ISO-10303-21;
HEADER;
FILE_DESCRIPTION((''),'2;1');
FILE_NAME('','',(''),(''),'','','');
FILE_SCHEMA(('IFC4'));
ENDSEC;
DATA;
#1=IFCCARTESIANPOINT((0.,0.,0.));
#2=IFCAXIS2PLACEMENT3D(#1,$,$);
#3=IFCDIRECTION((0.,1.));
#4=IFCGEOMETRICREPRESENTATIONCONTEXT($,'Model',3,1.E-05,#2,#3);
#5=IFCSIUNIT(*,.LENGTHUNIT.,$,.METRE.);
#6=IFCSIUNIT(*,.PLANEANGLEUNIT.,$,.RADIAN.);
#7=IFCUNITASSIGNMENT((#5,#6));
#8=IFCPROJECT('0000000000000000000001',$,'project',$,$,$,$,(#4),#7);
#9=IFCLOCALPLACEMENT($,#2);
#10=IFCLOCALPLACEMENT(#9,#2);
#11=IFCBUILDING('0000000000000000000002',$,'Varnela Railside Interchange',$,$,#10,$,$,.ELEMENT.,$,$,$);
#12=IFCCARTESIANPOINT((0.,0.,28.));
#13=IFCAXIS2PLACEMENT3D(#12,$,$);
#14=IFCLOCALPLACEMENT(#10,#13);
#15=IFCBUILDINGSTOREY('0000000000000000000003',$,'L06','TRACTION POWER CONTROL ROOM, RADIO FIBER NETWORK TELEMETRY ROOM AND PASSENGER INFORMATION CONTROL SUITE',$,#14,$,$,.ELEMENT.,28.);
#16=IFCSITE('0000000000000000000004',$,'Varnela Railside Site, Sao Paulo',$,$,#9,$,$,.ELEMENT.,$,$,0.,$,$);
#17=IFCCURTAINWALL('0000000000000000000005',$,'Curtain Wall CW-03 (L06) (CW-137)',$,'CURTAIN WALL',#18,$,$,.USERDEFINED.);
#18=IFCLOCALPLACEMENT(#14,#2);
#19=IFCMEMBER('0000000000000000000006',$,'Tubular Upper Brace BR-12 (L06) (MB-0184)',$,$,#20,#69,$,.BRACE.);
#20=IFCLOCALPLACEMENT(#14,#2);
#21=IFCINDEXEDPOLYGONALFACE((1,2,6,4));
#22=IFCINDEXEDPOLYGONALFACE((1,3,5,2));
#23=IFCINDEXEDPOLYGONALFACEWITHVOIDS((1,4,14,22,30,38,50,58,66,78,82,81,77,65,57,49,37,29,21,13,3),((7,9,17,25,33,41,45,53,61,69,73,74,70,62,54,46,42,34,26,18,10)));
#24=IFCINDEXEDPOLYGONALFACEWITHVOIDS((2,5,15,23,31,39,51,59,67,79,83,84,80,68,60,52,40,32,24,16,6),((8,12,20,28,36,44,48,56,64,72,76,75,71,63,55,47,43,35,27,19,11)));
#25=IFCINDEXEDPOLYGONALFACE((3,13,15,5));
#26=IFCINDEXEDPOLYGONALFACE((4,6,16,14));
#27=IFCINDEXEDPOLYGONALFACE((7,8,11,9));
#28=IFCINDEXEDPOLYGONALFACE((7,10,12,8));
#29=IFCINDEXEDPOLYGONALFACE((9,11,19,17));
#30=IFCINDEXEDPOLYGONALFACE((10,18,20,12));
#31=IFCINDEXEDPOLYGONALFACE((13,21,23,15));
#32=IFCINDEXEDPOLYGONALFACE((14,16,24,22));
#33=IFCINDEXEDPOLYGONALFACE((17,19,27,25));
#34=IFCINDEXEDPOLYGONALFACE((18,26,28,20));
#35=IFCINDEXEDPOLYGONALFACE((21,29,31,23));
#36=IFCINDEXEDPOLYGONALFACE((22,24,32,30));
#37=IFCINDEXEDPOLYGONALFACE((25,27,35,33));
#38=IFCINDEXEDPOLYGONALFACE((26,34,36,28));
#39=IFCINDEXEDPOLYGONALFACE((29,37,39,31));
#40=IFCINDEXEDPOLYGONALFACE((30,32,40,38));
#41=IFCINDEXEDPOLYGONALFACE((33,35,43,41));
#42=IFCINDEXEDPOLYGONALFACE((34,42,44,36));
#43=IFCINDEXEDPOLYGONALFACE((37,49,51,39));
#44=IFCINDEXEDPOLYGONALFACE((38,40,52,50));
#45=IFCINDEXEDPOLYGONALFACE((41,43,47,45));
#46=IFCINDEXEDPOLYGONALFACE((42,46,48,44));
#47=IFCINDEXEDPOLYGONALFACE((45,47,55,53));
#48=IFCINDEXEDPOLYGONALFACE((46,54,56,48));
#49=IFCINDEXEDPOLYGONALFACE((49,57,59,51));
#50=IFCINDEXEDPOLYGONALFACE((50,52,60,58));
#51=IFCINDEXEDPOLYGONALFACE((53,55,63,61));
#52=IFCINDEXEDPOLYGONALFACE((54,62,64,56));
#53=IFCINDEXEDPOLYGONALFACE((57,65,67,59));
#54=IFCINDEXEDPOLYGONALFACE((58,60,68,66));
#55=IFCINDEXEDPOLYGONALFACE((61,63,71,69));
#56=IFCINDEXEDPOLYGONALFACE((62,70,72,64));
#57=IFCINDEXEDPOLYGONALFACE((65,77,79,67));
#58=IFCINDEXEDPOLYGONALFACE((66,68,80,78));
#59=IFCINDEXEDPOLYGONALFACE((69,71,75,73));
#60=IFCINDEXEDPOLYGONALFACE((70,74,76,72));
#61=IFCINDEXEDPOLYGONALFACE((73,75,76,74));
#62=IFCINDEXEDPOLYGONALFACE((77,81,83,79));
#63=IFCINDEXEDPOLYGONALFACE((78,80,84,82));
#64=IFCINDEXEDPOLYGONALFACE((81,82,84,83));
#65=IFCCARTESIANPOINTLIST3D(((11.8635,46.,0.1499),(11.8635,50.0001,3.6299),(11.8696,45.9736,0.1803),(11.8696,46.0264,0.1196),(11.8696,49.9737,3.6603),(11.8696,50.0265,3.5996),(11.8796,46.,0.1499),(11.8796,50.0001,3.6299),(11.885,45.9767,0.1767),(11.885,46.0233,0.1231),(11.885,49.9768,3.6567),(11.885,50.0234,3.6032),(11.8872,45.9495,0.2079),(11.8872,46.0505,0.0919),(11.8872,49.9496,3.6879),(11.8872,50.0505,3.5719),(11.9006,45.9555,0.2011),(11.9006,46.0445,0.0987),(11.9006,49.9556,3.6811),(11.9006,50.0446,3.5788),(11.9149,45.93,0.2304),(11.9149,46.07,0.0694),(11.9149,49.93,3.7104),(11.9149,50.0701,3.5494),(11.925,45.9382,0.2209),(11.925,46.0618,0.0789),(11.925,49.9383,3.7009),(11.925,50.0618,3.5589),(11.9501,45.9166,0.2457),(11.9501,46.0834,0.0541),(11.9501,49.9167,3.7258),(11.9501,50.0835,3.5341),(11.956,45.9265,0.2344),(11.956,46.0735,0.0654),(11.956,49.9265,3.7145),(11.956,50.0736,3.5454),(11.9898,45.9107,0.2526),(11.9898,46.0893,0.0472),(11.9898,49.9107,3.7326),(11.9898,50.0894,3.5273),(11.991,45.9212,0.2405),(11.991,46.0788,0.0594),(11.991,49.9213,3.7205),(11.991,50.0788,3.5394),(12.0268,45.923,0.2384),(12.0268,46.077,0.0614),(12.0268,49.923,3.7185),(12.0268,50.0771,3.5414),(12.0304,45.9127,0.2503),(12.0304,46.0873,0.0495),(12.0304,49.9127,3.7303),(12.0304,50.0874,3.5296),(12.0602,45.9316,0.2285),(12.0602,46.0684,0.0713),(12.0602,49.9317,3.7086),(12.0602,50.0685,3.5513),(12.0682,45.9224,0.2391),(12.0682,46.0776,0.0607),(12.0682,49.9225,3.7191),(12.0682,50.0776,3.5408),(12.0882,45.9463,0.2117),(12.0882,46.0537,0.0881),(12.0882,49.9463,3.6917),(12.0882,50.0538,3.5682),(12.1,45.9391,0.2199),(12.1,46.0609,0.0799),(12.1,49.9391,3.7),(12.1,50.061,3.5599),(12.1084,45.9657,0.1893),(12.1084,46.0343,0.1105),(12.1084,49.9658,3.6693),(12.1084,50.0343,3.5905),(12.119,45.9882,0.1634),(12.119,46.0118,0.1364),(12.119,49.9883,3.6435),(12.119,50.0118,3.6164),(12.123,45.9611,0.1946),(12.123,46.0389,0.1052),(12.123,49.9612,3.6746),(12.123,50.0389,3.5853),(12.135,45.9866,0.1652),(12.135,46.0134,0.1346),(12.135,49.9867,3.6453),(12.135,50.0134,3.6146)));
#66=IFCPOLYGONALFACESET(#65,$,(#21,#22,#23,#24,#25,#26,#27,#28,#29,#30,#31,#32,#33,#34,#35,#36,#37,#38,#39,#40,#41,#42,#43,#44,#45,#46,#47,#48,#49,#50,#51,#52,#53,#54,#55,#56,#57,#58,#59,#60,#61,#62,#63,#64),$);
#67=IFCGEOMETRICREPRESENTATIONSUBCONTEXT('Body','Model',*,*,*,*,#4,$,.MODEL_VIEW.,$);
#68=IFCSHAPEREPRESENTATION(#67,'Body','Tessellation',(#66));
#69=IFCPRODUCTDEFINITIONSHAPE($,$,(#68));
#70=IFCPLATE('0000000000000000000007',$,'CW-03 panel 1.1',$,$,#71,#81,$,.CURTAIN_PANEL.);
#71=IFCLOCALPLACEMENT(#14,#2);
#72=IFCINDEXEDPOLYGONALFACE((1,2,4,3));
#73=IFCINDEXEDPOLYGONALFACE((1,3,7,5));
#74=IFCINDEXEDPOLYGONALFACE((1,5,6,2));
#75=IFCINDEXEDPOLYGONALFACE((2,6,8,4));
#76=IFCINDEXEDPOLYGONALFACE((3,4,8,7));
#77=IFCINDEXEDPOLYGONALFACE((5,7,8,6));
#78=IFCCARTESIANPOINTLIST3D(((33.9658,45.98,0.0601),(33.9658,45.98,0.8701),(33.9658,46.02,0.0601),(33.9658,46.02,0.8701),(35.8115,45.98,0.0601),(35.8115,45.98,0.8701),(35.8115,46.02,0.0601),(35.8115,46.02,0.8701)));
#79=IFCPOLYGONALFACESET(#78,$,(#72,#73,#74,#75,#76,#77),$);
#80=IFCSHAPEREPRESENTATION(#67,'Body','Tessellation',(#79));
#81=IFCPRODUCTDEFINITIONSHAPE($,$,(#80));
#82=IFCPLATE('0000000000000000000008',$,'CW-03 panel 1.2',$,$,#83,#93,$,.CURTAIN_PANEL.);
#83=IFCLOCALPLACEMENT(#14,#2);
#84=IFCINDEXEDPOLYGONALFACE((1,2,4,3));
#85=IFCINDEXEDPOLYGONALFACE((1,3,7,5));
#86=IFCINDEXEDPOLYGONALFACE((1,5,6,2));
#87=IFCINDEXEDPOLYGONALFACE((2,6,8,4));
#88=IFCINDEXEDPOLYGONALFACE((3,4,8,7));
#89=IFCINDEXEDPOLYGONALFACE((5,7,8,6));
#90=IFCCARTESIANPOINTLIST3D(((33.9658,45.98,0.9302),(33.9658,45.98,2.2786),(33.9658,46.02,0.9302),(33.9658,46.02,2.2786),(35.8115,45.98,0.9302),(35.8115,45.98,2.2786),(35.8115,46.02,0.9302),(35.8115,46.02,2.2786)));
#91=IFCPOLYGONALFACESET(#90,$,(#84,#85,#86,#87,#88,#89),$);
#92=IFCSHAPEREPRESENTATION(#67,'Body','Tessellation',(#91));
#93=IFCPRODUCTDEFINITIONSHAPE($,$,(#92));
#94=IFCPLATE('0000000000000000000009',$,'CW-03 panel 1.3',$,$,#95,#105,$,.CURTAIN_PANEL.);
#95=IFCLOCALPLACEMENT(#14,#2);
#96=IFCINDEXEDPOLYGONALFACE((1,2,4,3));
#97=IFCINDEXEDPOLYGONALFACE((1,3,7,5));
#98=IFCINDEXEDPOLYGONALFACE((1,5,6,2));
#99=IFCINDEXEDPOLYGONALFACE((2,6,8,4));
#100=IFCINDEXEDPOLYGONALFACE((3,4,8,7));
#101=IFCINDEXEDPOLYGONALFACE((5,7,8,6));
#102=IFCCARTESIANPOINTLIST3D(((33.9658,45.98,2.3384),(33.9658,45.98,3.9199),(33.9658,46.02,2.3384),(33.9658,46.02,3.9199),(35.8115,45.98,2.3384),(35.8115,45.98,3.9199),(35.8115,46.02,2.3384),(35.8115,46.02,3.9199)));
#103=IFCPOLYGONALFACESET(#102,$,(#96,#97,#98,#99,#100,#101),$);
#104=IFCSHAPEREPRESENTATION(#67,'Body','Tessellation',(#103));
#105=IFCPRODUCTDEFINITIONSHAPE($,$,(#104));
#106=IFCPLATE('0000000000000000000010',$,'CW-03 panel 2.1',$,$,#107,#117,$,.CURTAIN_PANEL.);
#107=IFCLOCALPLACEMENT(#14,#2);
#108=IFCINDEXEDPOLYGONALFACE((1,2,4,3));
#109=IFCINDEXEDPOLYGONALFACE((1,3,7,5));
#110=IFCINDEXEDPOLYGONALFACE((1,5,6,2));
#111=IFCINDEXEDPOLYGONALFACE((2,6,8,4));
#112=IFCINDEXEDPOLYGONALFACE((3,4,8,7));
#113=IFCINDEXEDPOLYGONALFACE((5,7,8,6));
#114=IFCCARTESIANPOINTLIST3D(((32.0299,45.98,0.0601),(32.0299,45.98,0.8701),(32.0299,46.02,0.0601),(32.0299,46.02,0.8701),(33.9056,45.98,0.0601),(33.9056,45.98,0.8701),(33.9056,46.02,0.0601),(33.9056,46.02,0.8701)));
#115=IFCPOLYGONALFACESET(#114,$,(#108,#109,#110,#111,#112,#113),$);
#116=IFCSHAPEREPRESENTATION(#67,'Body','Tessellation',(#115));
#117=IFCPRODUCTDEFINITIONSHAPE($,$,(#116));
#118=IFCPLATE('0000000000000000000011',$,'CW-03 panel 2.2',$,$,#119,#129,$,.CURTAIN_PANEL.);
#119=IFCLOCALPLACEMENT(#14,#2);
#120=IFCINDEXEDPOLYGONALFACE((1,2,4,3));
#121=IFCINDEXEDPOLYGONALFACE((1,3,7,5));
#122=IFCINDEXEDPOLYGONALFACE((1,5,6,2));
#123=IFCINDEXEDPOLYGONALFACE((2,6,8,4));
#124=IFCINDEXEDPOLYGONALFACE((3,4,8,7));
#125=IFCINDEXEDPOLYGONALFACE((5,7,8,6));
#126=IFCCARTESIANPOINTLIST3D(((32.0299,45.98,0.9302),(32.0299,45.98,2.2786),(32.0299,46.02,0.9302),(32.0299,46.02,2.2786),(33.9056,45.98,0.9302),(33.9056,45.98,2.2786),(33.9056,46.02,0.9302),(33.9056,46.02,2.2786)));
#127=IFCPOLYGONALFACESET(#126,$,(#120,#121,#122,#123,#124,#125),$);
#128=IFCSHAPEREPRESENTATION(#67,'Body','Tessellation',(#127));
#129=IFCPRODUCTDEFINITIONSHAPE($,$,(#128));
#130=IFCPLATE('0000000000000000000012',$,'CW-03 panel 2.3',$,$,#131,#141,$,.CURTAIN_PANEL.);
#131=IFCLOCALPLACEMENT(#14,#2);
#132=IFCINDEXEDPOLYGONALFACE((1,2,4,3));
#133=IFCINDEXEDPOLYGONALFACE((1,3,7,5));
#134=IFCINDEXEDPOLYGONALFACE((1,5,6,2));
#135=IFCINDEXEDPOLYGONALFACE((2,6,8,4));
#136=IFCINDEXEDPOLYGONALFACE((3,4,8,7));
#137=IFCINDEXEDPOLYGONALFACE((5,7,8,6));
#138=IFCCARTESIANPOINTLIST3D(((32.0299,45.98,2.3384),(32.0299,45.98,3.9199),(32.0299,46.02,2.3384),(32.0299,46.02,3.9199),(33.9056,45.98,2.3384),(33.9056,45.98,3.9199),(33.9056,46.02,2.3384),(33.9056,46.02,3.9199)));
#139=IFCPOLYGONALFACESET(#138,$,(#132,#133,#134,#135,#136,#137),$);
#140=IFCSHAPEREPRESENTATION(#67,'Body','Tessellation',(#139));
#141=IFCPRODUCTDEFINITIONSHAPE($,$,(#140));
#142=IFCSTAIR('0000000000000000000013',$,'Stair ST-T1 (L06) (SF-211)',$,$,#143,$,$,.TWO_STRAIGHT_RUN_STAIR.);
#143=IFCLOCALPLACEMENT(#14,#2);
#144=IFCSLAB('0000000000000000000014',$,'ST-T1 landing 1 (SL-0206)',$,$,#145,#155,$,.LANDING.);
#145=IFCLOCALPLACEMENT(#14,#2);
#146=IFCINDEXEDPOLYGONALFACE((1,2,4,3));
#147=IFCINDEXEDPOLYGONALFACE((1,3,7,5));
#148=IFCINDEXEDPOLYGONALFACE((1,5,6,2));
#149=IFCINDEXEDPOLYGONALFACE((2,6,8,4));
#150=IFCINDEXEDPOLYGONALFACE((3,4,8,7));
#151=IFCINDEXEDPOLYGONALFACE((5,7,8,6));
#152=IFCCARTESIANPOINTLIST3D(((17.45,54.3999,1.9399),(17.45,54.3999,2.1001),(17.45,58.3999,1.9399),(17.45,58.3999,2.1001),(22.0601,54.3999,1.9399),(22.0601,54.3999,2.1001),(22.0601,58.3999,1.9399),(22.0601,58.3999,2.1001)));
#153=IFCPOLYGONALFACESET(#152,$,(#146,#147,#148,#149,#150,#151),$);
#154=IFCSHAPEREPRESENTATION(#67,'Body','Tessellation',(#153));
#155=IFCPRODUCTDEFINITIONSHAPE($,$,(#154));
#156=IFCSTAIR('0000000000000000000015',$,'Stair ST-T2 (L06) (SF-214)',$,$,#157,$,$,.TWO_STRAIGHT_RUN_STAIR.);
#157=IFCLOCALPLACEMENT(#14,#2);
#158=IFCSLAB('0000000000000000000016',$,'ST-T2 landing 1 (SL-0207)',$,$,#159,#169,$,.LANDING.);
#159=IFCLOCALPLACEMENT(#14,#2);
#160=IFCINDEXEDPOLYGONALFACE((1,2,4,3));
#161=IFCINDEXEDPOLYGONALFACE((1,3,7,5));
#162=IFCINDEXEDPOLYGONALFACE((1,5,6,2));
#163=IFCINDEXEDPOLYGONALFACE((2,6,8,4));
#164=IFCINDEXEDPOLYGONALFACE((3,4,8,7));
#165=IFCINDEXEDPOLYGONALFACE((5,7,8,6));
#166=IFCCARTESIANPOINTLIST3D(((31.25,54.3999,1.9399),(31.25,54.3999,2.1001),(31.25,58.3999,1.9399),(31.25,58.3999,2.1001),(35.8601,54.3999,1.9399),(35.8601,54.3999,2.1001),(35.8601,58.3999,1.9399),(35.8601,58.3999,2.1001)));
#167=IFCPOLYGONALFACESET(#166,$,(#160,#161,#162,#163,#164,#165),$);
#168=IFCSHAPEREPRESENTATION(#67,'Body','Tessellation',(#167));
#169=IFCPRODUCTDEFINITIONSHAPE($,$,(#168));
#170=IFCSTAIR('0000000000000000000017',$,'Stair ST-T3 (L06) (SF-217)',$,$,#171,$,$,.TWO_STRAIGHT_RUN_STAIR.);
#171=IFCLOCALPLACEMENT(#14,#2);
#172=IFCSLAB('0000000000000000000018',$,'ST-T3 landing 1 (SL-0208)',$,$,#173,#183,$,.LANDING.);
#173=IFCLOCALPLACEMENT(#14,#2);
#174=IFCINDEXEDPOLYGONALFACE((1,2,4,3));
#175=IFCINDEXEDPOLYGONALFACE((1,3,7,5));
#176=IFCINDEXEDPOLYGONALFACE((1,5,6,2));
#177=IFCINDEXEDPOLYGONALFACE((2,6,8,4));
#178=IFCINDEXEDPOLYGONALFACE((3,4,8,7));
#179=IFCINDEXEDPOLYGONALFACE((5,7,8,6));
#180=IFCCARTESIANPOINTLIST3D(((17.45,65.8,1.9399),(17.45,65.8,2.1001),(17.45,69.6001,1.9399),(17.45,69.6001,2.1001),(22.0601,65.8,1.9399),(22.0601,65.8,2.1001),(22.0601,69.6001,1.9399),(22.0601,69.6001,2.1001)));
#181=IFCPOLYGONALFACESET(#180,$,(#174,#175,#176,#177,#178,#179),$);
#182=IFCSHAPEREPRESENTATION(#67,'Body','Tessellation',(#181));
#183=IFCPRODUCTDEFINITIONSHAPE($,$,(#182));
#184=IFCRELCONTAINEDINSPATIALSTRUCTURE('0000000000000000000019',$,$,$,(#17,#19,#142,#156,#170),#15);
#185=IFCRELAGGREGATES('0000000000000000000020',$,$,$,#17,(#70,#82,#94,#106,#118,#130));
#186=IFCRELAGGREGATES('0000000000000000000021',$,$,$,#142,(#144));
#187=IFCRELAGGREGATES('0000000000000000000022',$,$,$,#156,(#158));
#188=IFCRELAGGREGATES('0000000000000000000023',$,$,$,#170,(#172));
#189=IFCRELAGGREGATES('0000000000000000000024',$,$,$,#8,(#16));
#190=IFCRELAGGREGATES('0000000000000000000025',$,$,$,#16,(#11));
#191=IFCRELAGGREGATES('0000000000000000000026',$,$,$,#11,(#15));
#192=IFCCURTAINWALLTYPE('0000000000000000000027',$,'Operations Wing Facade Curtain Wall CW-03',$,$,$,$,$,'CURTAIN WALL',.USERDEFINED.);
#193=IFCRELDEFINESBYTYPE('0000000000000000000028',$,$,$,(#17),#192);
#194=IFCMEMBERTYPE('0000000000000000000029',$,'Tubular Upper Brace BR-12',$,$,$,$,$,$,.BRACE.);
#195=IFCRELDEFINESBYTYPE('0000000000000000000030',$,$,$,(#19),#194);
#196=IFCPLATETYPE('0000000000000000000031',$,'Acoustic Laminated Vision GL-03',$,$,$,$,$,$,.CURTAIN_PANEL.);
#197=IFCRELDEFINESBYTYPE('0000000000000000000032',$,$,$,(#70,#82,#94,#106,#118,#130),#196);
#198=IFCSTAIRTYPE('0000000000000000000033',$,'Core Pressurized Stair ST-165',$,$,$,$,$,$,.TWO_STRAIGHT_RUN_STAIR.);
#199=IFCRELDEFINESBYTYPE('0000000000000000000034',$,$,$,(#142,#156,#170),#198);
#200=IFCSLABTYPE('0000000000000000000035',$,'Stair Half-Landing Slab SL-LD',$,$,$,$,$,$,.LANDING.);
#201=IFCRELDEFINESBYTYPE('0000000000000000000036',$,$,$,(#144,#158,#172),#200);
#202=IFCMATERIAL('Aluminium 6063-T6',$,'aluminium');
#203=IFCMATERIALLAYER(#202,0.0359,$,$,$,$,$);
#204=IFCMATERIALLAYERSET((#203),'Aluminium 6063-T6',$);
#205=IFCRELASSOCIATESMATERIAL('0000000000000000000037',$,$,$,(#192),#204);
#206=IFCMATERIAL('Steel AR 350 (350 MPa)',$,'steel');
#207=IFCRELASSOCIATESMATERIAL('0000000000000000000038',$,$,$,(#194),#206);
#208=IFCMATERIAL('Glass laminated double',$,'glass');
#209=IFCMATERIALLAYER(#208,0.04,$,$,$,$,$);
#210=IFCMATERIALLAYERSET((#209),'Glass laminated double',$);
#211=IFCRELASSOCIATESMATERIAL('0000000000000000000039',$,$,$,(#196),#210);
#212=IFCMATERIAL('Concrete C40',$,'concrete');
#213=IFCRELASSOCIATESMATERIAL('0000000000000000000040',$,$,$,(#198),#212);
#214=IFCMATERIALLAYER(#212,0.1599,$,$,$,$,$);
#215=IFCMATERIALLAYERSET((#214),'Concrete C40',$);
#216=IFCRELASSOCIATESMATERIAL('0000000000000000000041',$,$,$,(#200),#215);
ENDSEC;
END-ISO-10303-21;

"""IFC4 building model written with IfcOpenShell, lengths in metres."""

from ifc_helpers import new_model, si_unit, direction, frame, origin, origin_2d, place, context, subcontext, project, spatial, polyline, rectangle, hollow_circle, outline, extrude, material, layer, layer_set, material_profile, profile_set, type_object, element, aggregate, save


model = new_model("IFC4")

# Units and contexts
model_context = context("Model", 3, precision=1e-05, world=origin(), true_north=direction((0.0, 1.0)))
body_context = subcontext(model_context, "Body", "Model", "MODEL_VIEW")
ifc_project = project(units=[si_unit("LENGTHUNIT", "METRE"), si_unit("PLANEANGLEUNIT", "RADIAN")], contexts=[model_context])

# Site, building, storey
site_placement = place(None, origin())
site = spatial("IfcSite", under=ifc_project, at=site_placement, Name="Varnela Railside Site, Sao Paulo", CompositionType="ELEMENT", RefElevation=0.0)
building_placement = place(site_placement, origin())
building = spatial("IfcBuilding", under=site, at=building_placement, Name="Varnela Railside Interchange", CompositionType="ELEMENT")
storey_placement = place(building_placement, frame((0.0, 0.0, 28.0)))
storey = spatial("IfcBuildingStorey", under=building, at=storey_placement, Name="L06", Description="TRACTION POWER CONTROL ROOM, RADIO FIBER NETWORK TELEMETRY ROOM AND PASSENGER INFORMATION CONTROL SUITE", CompositionType="ELEMENT", Elevation=28.0)

# Shared definitions
ifc_material_1 = material(Name="Steel AR 350 (350 MPa)", Category="steel")

# Curtain wall
ifc_material_2 = material(Name="Aluminium 6063-T6", Category="aluminium")
ifc_layer_1 = layer(ifc_material_2, 0.0359)
ifc_layer_set_1 = layer_set([ifc_layer_1], Name="Aluminium 6063-T6")
curtain_wall_type = type_object("IfcCurtainWallType", Name="Operations Wing Facade Curtain Wall CW-03", ElementType="CURTAIN WALL", PredefinedType="USERDEFINED", material=ifc_layer_set_1)
curtain_wall_placement = place(storey_placement, origin())
curtain_wall = element("IfcCurtainWall", 1, at=curtain_wall_placement, inside=storey, type_object=curtain_wall_type, Name="Curtain Wall CW-03 (L06) (CW-137)", ObjectType="CURTAIN WALL", PredefinedType="USERDEFINED")

# Member
ifc_material_profile_1 = material_profile(ifc_material_1, hollow_circle(Radius=0.1365, WallThickness=0.0161, at=origin_2d()), Name="CHS 273x16")
ifc_profile_set_1 = profile_set([ifc_material_profile_1], Name="Steel AR 350 (350 MPa)")
member_type_1 = type_object("IfcMemberType", Name="Tubular Upper Brace BR-12", PredefinedType="BRACE", material=ifc_profile_set_1)
member_1_placement = place(storey_placement, frame((12.0, 46.0, 0.1499), z_axis=(0.0, 0.754445, 0.656363), x_axis=(-1.0, 0.0, 0.0)))
element("IfcMember", 2, at=member_1_placement, inside=storey, type_object=member_type_1, Name="Tubular Upper Brace BR-12 (L06) (MB-0184)", PredefinedType="BRACE", context=body_context, shape_type="SweptSolid", body=[
    extrude(hollow_circle(Radius=0.1365, WallThickness=0.0161, at=origin_2d()), origin(), (0.0, 0.0, 1.0), 5.302),
])

# Plates
ifc_material_3 = material(Name="Glass laminated double", Category="glass")
ifc_layer_2 = layer(ifc_material_3, 0.04)
ifc_layer_set_2 = layer_set([ifc_layer_2], Name="Glass laminated double")
plate_type = type_object("IfcPlateType", Name="Acoustic Laminated Vision GL-03", PredefinedType="CURTAIN_PANEL", material=ifc_layer_set_2)
plate_1_placement = place(storey_placement, frame((34.8887, 46.0, 0.0601), z_axis=(0.0, 0.0, 1.0), x_axis=(-1.0, 0.0, 0.0)))
plate_1 = element("IfcPlate", 3, at=plate_1_placement, type_object=plate_type, Name="CW-03 panel 1.1", PredefinedType="CURTAIN_PANEL", context=body_context, shape_type="SweptSolid", body=[
    extrude(rectangle(XDim=1.8457, YDim=0.04, at=origin_2d()), origin(), (0.0, 0.0, 1.0), 0.8101),
])
plate_2_placement = place(storey_placement, frame((34.8887, 46.0, 0.9302), z_axis=(0.0, 0.0, 1.0), x_axis=(-1.0, 0.0, 0.0)))
plate_2 = element("IfcPlate", 4, at=plate_2_placement, type_object=plate_type, Name="CW-03 panel 1.2", PredefinedType="CURTAIN_PANEL", context=body_context, shape_type="SweptSolid", body=[
    extrude(rectangle(XDim=1.8457, YDim=0.04, at=origin_2d()), origin(), (0.0, 0.0, 1.0), 1.3484),
])
plate_3_placement = place(storey_placement, frame((34.8887, 46.0, 2.3384), z_axis=(0.0, 0.0, 1.0), x_axis=(-1.0, 0.0, 0.0)))
plate_3 = element("IfcPlate", 5, at=plate_3_placement, type_object=plate_type, Name="CW-03 panel 1.3", PredefinedType="CURTAIN_PANEL", context=body_context, shape_type="SweptSolid", body=[
    extrude(rectangle(XDim=1.8457, YDim=0.04, at=origin_2d()), origin(), (0.0, 0.0, 1.0), 1.5815),
])
plate_4_placement = place(storey_placement, frame((32.9678, 46.0, 0.0601), z_axis=(0.0, 0.0, 1.0), x_axis=(-1.0, 0.0, 0.0)))
plate_4 = element("IfcPlate", 6, at=plate_4_placement, type_object=plate_type, Name="CW-03 panel 2.1", PredefinedType="CURTAIN_PANEL", context=body_context, shape_type="SweptSolid", body=[
    extrude(rectangle(XDim=1.8757, YDim=0.04, at=origin_2d()), origin(), (0.0, 0.0, 1.0), 0.8101),
])
plate_5_placement = place(storey_placement, frame((32.9678, 46.0, 0.9302), z_axis=(0.0, 0.0, 1.0), x_axis=(-1.0, 0.0, 0.0)))
plate_5 = element("IfcPlate", 7, at=plate_5_placement, type_object=plate_type, Name="CW-03 panel 2.2", PredefinedType="CURTAIN_PANEL", context=body_context, shape_type="SweptSolid", body=[
    extrude(rectangle(XDim=1.8757, YDim=0.04, at=origin_2d()), origin(), (0.0, 0.0, 1.0), 1.3484),
])
plate_6_placement = place(storey_placement, frame((32.9678, 46.0, 2.3384), z_axis=(0.0, 0.0, 1.0), x_axis=(-1.0, 0.0, 0.0)))
plate_6 = element("IfcPlate", 8, at=plate_6_placement, type_object=plate_type, Name="CW-03 panel 2.3", PredefinedType="CURTAIN_PANEL", context=body_context, shape_type="SweptSolid", body=[
    extrude(rectangle(XDim=1.8757, YDim=0.04, at=origin_2d()), origin(), (0.0, 0.0, 1.0), 1.5815),
])
aggregate(curtain_wall, [plate_1, plate_2, plate_3, plate_4, plate_5, plate_6])

# Stairs, slabs
ifc_material_4 = material(Name="Concrete C40", Category="concrete")
stair_type = type_object("IfcStairType", Name="Core Pressurized Stair ST-165", PredefinedType="TWO_STRAIGHT_RUN_STAIR", material=ifc_material_4)
stair_1_placement = place(storey_placement, origin())
stair_1 = element("IfcStair", 9, at=stair_1_placement, inside=storey, type_object=stair_type, Name="Stair ST-T1 (L06) (SF-211)", PredefinedType="TWO_STRAIGHT_RUN_STAIR")
ifc_layer_3 = layer(ifc_material_4, 0.1599)
ifc_layer_set_3 = layer_set([ifc_layer_3], Name="Concrete C40")
slab_type_1 = type_object("IfcSlabType", Name="Stair Half-Landing Slab SL-LD", PredefinedType="LANDING", material=ifc_layer_set_3)
slab_1_placement = place(storey_placement, frame((0.0, 0.0, 1.9399)))
slab_1 = element("IfcSlab", 10, at=slab_1_placement, type_object=slab_type_1, Name="ST-T1 landing 1 (SL-0206)", PredefinedType="LANDING", context=body_context, shape_type="SweptSolid", body=[
    extrude(outline(polyline([(17.45, 54.3999), (22.0601, 54.3999), (22.0601, 58.3999), (17.45, 58.3999), (17.45, 54.3999)])), origin(), (0.0, 0.0, 1.0), 0.1602),
])
aggregate(stair_1, [slab_1])
stair_2_placement = place(storey_placement, origin())
stair_2 = element("IfcStair", 11, at=stair_2_placement, inside=storey, type_object=stair_type, Name="Stair ST-T2 (L06) (SF-214)", PredefinedType="TWO_STRAIGHT_RUN_STAIR")
slab_2_placement = place(storey_placement, frame((0.0, 0.0, 1.9399)))
slab_2 = element("IfcSlab", 12, at=slab_2_placement, type_object=slab_type_1, Name="ST-T2 landing 1 (SL-0207)", PredefinedType="LANDING", context=body_context, shape_type="SweptSolid", body=[
    extrude(outline(polyline([(31.25, 54.3999), (35.8601, 54.3999), (35.8601, 58.3999), (31.25, 58.3999), (31.25, 54.3999)])), origin(), (0.0, 0.0, 1.0), 0.1602),
])
aggregate(stair_2, [slab_2])
stair_3_placement = place(storey_placement, origin())
stair_3 = element("IfcStair", 13, at=stair_3_placement, inside=storey, type_object=stair_type, Name="Stair ST-T3 (L06) (SF-217)", PredefinedType="TWO_STRAIGHT_RUN_STAIR")
slab_3_placement = place(storey_placement, frame((0.0, 0.0, 1.9399)))
slab_3 = element("IfcSlab", 14, at=slab_3_placement, type_object=slab_type_1, Name="ST-T3 landing 1 (SL-0208)", PredefinedType="LANDING", context=body_context, shape_type="SweptSolid", body=[
    extrude(outline(polyline([(17.45, 65.8), (22.0601, 65.8), (22.0601, 69.6001), (17.45, 69.6001), (17.45, 65.8)])), origin(), (0.0, 0.0, 1.0), 0.1602),
])
aggregate(stair_3, [slab_3])

save(model, "model.ifc")
